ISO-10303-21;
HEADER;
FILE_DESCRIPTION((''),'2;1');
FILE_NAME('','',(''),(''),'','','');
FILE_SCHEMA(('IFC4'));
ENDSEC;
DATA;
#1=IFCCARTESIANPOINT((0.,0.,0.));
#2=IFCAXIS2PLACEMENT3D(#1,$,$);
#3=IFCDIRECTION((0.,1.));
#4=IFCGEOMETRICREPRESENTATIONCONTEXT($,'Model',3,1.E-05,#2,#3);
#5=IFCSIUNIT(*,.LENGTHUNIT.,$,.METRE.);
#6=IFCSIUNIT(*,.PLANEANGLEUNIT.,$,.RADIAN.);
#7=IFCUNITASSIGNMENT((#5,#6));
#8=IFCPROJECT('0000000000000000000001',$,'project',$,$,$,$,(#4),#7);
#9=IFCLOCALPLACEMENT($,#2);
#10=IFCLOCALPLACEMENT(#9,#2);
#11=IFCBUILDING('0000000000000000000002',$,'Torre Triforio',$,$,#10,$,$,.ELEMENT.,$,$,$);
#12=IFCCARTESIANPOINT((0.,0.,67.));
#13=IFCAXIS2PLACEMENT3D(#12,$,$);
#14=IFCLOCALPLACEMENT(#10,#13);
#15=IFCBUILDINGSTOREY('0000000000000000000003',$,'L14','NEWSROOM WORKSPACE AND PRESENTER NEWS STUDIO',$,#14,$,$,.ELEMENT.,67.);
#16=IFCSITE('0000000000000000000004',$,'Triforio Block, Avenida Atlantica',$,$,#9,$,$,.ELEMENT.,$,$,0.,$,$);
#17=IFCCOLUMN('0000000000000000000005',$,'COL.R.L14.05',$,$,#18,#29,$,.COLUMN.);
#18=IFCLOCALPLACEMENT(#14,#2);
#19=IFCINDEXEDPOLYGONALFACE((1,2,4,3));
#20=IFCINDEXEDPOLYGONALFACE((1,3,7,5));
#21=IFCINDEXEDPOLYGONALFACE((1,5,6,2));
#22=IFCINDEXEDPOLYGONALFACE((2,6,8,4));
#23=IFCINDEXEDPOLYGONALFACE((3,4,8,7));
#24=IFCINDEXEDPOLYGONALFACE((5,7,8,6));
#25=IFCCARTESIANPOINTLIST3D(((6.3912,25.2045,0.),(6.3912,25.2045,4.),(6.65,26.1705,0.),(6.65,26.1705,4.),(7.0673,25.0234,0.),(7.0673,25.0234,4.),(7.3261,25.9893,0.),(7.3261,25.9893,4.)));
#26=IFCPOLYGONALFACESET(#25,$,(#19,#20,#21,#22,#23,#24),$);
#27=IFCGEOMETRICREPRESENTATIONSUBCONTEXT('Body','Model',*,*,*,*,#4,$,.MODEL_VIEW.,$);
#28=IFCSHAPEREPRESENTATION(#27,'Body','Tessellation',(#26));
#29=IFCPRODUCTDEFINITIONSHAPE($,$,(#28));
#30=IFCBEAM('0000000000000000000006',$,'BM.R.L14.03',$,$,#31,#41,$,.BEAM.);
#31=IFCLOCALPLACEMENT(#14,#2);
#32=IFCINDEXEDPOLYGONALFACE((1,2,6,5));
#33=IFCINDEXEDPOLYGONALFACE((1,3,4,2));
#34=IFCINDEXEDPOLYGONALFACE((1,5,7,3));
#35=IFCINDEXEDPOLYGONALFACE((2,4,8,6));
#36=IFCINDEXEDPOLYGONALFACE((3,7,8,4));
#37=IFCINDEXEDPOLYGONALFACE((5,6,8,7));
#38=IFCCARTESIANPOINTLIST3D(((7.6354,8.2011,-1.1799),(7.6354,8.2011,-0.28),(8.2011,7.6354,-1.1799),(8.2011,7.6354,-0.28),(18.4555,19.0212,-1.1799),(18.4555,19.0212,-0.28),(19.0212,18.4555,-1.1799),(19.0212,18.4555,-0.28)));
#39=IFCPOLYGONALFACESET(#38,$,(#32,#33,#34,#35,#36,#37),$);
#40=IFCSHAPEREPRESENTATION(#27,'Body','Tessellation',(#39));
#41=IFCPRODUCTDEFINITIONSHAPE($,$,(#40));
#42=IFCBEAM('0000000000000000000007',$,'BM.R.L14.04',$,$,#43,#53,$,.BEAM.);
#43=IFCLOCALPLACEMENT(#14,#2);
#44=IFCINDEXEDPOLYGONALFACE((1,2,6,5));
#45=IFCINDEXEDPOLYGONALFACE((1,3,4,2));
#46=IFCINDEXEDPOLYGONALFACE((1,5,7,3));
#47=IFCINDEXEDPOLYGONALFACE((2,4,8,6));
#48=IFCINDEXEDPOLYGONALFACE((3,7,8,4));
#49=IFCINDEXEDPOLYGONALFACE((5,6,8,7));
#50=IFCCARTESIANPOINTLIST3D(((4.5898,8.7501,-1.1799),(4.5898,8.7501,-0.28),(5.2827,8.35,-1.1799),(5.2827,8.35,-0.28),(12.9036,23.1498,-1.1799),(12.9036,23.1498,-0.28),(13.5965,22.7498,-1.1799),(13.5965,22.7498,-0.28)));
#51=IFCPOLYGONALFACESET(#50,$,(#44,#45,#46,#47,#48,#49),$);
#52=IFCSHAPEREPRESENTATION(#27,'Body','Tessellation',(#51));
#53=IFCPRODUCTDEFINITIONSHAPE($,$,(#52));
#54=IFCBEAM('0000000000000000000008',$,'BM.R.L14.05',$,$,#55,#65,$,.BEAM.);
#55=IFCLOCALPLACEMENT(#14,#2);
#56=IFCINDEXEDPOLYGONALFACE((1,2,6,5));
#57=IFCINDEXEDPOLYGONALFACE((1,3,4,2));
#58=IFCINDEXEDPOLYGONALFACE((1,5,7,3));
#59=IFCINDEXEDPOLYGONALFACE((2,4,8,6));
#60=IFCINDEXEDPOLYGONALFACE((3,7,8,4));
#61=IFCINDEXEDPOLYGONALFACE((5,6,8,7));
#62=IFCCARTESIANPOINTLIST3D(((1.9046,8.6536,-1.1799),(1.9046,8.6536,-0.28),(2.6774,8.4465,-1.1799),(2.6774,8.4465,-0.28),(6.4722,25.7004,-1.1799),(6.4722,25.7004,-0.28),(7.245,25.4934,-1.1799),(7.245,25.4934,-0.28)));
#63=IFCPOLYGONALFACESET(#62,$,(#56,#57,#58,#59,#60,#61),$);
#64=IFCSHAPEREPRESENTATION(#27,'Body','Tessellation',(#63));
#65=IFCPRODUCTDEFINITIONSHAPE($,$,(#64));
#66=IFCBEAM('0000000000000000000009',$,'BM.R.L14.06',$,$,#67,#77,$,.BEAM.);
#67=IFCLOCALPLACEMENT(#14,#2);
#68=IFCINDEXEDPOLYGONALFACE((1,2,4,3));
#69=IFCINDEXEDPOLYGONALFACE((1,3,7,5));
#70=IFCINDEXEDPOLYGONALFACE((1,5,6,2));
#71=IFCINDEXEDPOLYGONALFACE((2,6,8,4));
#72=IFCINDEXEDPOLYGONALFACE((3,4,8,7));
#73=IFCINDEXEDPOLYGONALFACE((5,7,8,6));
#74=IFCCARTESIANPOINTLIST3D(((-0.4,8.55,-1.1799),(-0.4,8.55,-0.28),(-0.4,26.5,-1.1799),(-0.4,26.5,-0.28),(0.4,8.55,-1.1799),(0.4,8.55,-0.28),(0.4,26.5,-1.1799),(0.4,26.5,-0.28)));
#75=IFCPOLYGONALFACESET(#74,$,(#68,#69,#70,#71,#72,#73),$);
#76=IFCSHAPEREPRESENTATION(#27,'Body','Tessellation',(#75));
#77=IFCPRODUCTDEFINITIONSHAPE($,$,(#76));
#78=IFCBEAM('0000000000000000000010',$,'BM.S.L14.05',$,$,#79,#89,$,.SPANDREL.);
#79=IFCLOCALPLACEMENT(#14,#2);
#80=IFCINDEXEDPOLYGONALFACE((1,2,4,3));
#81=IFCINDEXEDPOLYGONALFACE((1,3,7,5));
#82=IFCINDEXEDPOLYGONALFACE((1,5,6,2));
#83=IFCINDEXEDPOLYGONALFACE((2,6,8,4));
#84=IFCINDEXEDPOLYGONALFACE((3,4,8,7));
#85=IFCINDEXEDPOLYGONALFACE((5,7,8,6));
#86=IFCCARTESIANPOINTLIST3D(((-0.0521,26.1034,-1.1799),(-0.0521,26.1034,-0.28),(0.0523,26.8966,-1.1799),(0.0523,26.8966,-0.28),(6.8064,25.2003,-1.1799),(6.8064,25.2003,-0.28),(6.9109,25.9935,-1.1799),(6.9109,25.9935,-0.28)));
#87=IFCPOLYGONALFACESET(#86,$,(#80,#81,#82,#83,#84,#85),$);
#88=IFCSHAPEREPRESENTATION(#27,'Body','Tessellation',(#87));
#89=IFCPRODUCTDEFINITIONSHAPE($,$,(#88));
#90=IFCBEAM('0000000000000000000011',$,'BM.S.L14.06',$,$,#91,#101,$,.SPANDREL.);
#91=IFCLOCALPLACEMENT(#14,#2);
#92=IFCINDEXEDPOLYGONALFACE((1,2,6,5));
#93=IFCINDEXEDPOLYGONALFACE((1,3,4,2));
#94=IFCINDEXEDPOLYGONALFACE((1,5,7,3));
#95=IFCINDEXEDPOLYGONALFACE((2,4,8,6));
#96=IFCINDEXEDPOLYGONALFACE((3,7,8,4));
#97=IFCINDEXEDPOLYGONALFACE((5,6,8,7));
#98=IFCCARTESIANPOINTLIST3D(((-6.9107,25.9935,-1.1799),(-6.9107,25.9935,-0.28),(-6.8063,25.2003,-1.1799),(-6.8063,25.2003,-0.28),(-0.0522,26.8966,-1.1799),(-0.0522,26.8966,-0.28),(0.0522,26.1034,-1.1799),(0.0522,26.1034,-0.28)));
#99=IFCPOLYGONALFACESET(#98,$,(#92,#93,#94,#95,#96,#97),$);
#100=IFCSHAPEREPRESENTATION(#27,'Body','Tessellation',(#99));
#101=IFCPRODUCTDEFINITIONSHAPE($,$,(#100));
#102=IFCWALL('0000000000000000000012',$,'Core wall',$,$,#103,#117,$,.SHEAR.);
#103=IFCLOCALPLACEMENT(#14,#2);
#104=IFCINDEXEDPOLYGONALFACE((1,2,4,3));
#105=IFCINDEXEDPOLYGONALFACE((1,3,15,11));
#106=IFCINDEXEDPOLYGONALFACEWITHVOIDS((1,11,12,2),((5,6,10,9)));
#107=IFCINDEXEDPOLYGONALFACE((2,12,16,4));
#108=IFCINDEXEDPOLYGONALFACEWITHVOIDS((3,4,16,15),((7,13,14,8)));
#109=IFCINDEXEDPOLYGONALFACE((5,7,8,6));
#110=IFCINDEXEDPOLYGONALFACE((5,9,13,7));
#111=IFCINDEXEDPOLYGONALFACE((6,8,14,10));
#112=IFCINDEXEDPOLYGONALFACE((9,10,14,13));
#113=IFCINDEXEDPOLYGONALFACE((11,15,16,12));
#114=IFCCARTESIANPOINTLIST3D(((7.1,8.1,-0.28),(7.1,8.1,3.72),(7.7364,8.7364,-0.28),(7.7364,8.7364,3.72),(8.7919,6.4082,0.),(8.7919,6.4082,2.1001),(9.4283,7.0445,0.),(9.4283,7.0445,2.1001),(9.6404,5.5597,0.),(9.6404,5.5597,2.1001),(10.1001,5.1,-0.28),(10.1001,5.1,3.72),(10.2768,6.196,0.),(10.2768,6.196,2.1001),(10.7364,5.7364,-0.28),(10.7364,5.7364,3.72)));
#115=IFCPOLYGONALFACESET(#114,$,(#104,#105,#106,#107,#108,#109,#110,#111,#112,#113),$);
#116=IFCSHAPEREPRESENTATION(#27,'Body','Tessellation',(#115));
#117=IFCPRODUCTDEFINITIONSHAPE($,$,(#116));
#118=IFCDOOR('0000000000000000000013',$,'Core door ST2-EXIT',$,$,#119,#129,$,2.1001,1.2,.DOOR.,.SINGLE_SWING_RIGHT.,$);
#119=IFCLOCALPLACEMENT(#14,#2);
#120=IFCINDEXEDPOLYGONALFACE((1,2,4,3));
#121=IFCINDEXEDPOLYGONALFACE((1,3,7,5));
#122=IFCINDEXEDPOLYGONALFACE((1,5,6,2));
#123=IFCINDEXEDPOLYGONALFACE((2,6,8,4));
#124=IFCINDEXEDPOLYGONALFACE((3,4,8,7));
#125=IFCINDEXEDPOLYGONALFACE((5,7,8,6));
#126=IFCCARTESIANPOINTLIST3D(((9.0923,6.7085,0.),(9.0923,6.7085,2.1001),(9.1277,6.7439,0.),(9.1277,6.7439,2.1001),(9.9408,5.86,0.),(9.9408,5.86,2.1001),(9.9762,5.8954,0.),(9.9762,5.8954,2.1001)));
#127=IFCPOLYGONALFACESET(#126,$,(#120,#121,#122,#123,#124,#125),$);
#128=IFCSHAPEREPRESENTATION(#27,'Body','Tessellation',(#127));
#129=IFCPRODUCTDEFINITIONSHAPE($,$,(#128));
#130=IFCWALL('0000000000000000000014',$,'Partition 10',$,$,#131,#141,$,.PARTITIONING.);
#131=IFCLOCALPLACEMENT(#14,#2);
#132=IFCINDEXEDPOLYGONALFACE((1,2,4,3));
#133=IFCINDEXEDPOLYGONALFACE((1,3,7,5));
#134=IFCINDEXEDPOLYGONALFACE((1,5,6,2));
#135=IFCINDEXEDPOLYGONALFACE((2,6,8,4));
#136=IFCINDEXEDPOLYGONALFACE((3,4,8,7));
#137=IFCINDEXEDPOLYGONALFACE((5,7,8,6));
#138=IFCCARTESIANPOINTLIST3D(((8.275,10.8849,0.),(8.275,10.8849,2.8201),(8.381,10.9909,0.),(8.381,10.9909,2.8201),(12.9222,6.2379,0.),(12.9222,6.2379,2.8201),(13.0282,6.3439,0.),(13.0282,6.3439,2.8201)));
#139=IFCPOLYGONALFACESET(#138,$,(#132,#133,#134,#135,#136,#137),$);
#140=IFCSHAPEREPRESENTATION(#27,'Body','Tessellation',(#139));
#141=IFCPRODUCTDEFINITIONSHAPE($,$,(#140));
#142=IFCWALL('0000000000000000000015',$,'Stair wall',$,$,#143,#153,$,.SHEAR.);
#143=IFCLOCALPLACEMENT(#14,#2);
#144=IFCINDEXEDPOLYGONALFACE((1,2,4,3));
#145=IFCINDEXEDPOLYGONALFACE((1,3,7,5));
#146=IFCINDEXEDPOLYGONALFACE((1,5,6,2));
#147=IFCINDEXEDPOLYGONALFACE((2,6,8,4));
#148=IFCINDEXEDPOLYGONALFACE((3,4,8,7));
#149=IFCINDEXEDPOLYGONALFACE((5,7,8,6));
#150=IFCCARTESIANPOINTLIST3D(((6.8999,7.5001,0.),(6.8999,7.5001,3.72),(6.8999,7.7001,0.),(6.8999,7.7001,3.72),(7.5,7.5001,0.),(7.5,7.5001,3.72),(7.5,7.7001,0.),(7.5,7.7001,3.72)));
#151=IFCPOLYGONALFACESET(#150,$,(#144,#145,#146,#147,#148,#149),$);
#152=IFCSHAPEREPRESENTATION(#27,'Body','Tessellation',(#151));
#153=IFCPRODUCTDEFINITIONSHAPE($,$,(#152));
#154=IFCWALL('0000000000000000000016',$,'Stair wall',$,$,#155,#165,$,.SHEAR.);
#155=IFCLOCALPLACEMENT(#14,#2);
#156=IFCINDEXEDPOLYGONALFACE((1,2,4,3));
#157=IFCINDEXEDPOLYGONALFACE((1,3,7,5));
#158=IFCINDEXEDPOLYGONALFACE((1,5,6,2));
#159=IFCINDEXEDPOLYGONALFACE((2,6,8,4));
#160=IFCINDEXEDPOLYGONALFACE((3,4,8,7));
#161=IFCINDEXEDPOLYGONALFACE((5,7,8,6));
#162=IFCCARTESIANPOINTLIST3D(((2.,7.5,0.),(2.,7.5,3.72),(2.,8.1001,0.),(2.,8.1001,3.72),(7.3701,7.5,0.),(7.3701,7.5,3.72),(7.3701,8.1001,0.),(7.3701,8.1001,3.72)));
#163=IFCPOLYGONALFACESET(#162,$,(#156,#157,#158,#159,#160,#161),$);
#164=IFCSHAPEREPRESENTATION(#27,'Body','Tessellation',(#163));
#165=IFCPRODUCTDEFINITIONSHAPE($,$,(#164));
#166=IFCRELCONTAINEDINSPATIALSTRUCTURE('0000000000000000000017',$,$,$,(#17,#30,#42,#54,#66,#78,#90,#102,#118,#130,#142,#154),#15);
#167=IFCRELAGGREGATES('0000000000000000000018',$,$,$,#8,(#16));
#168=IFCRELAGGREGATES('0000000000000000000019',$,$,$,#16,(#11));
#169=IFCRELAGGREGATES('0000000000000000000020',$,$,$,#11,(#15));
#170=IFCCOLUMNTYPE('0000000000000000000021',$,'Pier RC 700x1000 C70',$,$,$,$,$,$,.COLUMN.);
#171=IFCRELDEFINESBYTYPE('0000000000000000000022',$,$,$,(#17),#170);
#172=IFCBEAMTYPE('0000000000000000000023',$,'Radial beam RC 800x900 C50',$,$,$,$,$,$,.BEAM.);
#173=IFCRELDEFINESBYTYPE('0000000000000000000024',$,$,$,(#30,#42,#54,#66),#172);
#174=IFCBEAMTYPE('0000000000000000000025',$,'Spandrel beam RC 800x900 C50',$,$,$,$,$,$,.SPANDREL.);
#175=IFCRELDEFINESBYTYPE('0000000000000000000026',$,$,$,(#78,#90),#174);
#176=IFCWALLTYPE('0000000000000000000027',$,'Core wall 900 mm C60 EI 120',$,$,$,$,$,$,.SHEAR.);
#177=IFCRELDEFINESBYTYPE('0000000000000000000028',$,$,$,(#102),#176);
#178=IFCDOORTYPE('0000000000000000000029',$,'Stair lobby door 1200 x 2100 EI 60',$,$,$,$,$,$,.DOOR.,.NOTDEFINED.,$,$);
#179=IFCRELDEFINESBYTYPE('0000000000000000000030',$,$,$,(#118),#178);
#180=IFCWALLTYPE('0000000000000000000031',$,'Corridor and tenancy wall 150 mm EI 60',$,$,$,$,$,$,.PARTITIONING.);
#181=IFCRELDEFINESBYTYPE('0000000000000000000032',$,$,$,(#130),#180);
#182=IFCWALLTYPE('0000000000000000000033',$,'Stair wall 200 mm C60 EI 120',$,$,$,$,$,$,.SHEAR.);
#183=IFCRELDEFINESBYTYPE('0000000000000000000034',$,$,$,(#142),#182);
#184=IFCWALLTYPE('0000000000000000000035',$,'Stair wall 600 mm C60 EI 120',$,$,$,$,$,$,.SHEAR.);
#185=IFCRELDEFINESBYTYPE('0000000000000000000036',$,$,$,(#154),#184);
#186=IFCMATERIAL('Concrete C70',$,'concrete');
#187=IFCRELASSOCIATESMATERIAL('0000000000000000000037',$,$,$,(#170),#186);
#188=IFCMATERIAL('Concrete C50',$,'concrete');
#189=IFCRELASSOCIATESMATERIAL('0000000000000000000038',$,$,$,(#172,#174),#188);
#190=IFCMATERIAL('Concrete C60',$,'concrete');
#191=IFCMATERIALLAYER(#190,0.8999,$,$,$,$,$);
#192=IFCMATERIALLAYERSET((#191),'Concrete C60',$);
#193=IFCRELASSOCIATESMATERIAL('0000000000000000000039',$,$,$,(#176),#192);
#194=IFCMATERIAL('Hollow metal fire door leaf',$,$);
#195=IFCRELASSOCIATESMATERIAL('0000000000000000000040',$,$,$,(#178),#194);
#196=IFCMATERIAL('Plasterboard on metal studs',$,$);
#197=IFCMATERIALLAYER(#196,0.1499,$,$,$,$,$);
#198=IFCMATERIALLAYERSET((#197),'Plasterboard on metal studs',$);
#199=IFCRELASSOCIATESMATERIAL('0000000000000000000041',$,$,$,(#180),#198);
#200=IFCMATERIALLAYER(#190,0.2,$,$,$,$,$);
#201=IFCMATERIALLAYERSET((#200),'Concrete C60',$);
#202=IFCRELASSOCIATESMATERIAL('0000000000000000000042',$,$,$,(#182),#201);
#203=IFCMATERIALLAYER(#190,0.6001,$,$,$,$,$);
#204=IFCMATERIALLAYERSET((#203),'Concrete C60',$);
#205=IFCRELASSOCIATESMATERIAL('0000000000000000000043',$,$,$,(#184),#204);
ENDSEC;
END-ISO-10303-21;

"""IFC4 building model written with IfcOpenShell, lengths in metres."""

from ifc_helpers import new_model, si_unit, direction, frame, frame_2d, origin, origin_2d, place, context, subcontext, project, spatial, rectangle, extrude, material, layer, layer_set, material_profile, profile_set, type_object, element, fill, save


model = new_model("IFC4")

# Units and contexts
model_context = context("Model", 3, precision=1e-05, world=origin(), true_north=direction((0.0, 1.0)))
body_context = subcontext(model_context, "Body", "Model", "MODEL_VIEW")
ifc_project = project(units=[si_unit("LENGTHUNIT", "METRE"), si_unit("PLANEANGLEUNIT", "RADIAN")], contexts=[model_context])

# Site, building, storey
site_placement = place(None, origin())
site = spatial("IfcSite", under=ifc_project, at=site_placement, Name="Triforio Block, Avenida Atlantica", CompositionType="ELEMENT", RefElevation=0.0)
building_placement = place(site_placement, origin())
building = spatial("IfcBuilding", under=site, at=building_placement, Name="Torre Triforio", CompositionType="ELEMENT")
storey_placement = place(building_placement, frame((0.0, 0.0, 67.0)))
storey = spatial("IfcBuildingStorey", under=building, at=storey_placement, Name="L14", Description="NEWSROOM WORKSPACE AND PRESENTER NEWS STUDIO", CompositionType="ELEMENT", Elevation=67.0)

# Column
ifc_material_1 = material(Name="Concrete C70", Category="concrete")
ifc_material_profile_1 = material_profile(ifc_material_1, rectangle(XDim=0.7, YDim=1.0, at=origin_2d()), Name="RC 700x1000")
ifc_profile_set_1 = profile_set([ifc_material_profile_1], Name="Concrete C70")
column_type = type_object("IfcColumnType", Name="Pier RC 700x1000 C70", PredefinedType="COLUMN", material=ifc_profile_set_1)
column_placement = place(storey_placement, frame((6.8586, 25.5969, 0.0), z_axis=(0.0, 0.0, 1.0), x_axis=(-0.965926, 0.258819, 0.0)))
element("IfcColumn", 1, at=column_placement, inside=storey, type_object=column_type, Name="COL.R.L14.05", PredefinedType="COLUMN", context=body_context, shape_type="SweptSolid", body=[
    extrude(rectangle(XDim=0.7, YDim=1.0, at=origin_2d()), origin(), (0.0, 0.0, 1.0), 4.0),
])

# Beams
ifc_material_2 = material(Name="Concrete C50", Category="concrete")
ifc_material_profile_2 = material_profile(ifc_material_2, rectangle(XDim=0.8, YDim=0.8999, at=origin_2d()), Name="RC 800x900")
ifc_profile_set_2 = profile_set([ifc_material_profile_2], Name="Concrete C50")
beam_type_1 = type_object("IfcBeamType", Name="Radial beam RC 800x900 C50", PredefinedType="BEAM", material=ifc_profile_set_2)
beam_1_placement = place(storey_placement, frame((7.9182, 7.9182, -0.73), z_axis=(0.707107, 0.707107, 0.0), x_axis=(-0.707107, 0.707107, 0.0)))
element("IfcBeam", 2, at=beam_1_placement, inside=storey, type_object=beam_type_1, Name="BM.R.L14.03", PredefinedType="BEAM", context=body_context, shape_type="SweptSolid", body=[
    extrude(rectangle(XDim=0.8, YDim=0.8999, at=origin_2d()), origin(), (0.0, 0.0, 1.0), 15.302),
])
beam_2_placement = place(storey_placement, frame((4.9363, 8.55, -0.73), z_axis=(0.500003, 0.866023, 0.0), x_axis=(-0.866023, 0.500003, 0.0)))
element("IfcBeam", 3, at=beam_2_placement, inside=storey, type_object=beam_type_1, Name="BM.R.L14.04", PredefinedType="BEAM", context=body_context, shape_type="SweptSolid", body=[
    extrude(rectangle(XDim=0.8, YDim=0.8999, at=origin_2d()), origin(), (0.0, 0.0, 1.0), 16.6274),
])
beam_3_placement = place(storey_placement, frame((2.291, 8.55, -0.73), z_axis=(0.258815, 0.965927, 0.0), x_axis=(-0.965927, 0.258815, 0.0)))
element("IfcBeam", 4, at=beam_3_placement, inside=storey, type_object=beam_type_1, Name="BM.R.L14.05", PredefinedType="BEAM", context=body_context, shape_type="SweptSolid", body=[
    extrude(rectangle(XDim=0.8, YDim=0.8999, at=origin_2d()), origin(), (0.0, 0.0, 1.0), 17.6482),
])
beam_4_placement = place(storey_placement, frame((0.0, 8.55, -0.73), z_axis=(0.0, 1.0, 0.0), x_axis=(-1.0, 0.0, 0.0)))
element("IfcBeam", 5, at=beam_4_placement, inside=storey, type_object=beam_type_1, Name="BM.R.L14.06", PredefinedType="BEAM", context=body_context, shape_type="SweptSolid", body=[
    extrude(rectangle(XDim=0.8, YDim=0.8999, at=origin_2d()), origin(), (0.0, 0.0, 1.0), 17.95),
])
ifc_material_profile_3 = material_profile(ifc_material_2, rectangle(XDim=0.8, YDim=0.8999, at=origin_2d()), Name="RC 800x900")
ifc_profile_set_3 = profile_set([ifc_material_profile_3], Name="Concrete C50")
beam_type_2 = type_object("IfcBeamType", Name="Spandrel beam RC 800x900 C50", PredefinedType="SPANDREL", material=ifc_profile_set_3)
for number, where, z_axis, x_axis, name in (
    (6, (6.8586, 25.5969, -0.73), (-0.991443, 0.130543, 0.0), (-0.130543, -0.991443, 0.0), "BM.S.L14.05"),
    (7, (0.0, 26.5, -0.73), (-0.991443, -0.130543, 0.0), (0.130543, -0.991443, 0.0), "BM.S.L14.06"),
):
    element("IfcBeam", number, at=place(storey_placement, frame(where, z_axis=z_axis, x_axis=x_axis)), inside=storey, type_object=beam_type_2, Name=name, PredefinedType="SPANDREL", context=body_context, shape_type="SweptSolid", body=[
        extrude(rectangle(XDim=0.8, YDim=0.8999, at=origin_2d()), origin(), (0.0, 0.0, 1.0), 6.9177),
    ])

# Wall, opening, door
ifc_material_3 = material(Name="Concrete C60", Category="concrete")
ifc_layer_1 = layer(ifc_material_3, 0.8999)
ifc_layer_set_1 = layer_set([ifc_layer_1], Name="Concrete C60")
wall_type_1 = type_object("IfcWallType", Name="Core wall 900 mm C60 EI 120", PredefinedType="SHEAR", material=ifc_layer_set_1)
wall_1_placement = place(storey_placement, frame((7.4182, 8.4182, -0.28), z_axis=(0.0, 0.0, 1.0), x_axis=(0.707107, -0.707107, 0.0)))
wall_1 = element("IfcWall", 8, at=wall_1_placement, inside=storey, type_object=wall_type_1, Name="Core wall", PredefinedType="SHEAR", context=body_context, shape_type="SweptSolid", body=[
    extrude(rectangle(XDim=4.2427, YDim=0.8999, at=frame_2d((2.1213, 0.0))), origin(), (0.0, 0.0, 1.0), 4.0),
])
opening_1_placement = place(wall_1_placement, frame((2.3926, 0.0, 0.28)))
opening_1 = element("IfcOpeningElement", 9, at=opening_1_placement, cuts=wall_1, PredefinedType="OPENING", context=body_context, shape_type="SweptSolid", body=[
    extrude(rectangle(XDim=1.2, YDim=2.1001, at=frame_2d((0.6001, 1.05))), frame((0.0, 0.46, 0.0), z_axis=(0.0, -1.0, 0.0), x_axis=(1.0, 0.0, 0.0)), (0.0, 0.0, 1.0), 0.9199),
])
ifc_material_4 = material(Name="Hollow metal fire door leaf")
door_type_1 = type_object("IfcDoorType", Name="Stair lobby door 1200 x 2100 EI 60", OperationType="NOTDEFINED", PredefinedType="DOOR", material=ifc_material_4)
door_1_placement = place(opening_1_placement, origin())
door_1 = element("IfcDoor", 10, at=door_1_placement, inside=storey, type_object=door_type_1, Name="Core door ST2-EXIT", OperationType="SINGLE_SWING_RIGHT", OverallHeight=2.1001, OverallWidth=1.2, PredefinedType="DOOR", context=body_context, shape_type="SweptSolid", body=[
    extrude(rectangle(XDim=1.2, YDim=2.1001, at=frame_2d((0.6001, 1.05))), frame((0.0, 0.0249, 0.0), z_axis=(0.0, -1.0, 0.0), x_axis=(1.0, 0.0, 0.0)), (0.0, 0.0, 1.0), 0.05),
])
fill(opening_1, door_1)

# Walls
ifc_material_5 = material(Name="Plasterboard on metal studs")
ifc_layer_2 = layer(ifc_material_5, 0.1499)
ifc_layer_set_2 = layer_set([ifc_layer_2], Name="Plasterboard on metal studs")
wall_type_2 = type_object("IfcWallType", Name="Corridor and tenancy wall 150 mm EI 60", PredefinedType="PARTITIONING", material=ifc_layer_set_2)
wall_2_placement = place(storey_placement, frame((8.3279, 10.938, 0.0), z_axis=(0.0, 0.0, 1.0), x_axis=(0.707125, -0.707088, 0.0)))
element("IfcWall", 11, at=wall_2_placement, inside=storey, type_object=wall_type_2, Name="Partition 10", PredefinedType="PARTITIONING", context=body_context, shape_type="SweptSolid", body=[
    extrude(rectangle(XDim=6.572, YDim=0.1499, at=frame_2d((3.2861, 0.0))), origin(), (0.0, 0.0, 1.0), 2.8201),
])
ifc_layer_3 = layer(ifc_material_3, 0.2)
ifc_layer_set_3 = layer_set([ifc_layer_3], Name="Concrete C60")
wall_type_3 = type_object("IfcWallType", Name="Stair wall 200 mm C60 EI 120", PredefinedType="SHEAR", material=ifc_layer_set_3)
wall_3_placement = place(storey_placement, frame((6.8999, 7.6001, 0.0), z_axis=(0.0, 0.0, 1.0), x_axis=(1.0, 0.0, 0.0)))
element("IfcWall", 12, at=wall_3_placement, inside=storey, type_object=wall_type_3, Name="Stair wall", PredefinedType="SHEAR", context=body_context, shape_type="SweptSolid", body=[
    extrude(rectangle(XDim=0.6001, YDim=0.2, at=frame_2d((0.3, 0.0))), origin(), (0.0, 0.0, 1.0), 3.72),
])
ifc_layer_4 = layer(ifc_material_3, 0.6001)
ifc_layer_set_4 = layer_set([ifc_layer_4], Name="Concrete C60")
wall_type_4 = type_object("IfcWallType", Name="Stair wall 600 mm C60 EI 120", PredefinedType="SHEAR", material=ifc_layer_set_4)
wall_4_placement = place(storey_placement, frame((2.0, 7.8, 0.0), z_axis=(0.0, 0.0, 1.0), x_axis=(1.0, 0.0, 0.0)))
element("IfcWall", 13, at=wall_4_placement, inside=storey, type_object=wall_type_4, Name="Stair wall", PredefinedType="SHEAR", context=body_context, shape_type="SweptSolid", body=[
    extrude(rectangle(XDim=5.3701, YDim=0.6001, at=frame_2d((2.6851, 0.0))), origin(), (0.0, 0.0, 1.0), 3.72),
])

save(model, "model.ifc")
